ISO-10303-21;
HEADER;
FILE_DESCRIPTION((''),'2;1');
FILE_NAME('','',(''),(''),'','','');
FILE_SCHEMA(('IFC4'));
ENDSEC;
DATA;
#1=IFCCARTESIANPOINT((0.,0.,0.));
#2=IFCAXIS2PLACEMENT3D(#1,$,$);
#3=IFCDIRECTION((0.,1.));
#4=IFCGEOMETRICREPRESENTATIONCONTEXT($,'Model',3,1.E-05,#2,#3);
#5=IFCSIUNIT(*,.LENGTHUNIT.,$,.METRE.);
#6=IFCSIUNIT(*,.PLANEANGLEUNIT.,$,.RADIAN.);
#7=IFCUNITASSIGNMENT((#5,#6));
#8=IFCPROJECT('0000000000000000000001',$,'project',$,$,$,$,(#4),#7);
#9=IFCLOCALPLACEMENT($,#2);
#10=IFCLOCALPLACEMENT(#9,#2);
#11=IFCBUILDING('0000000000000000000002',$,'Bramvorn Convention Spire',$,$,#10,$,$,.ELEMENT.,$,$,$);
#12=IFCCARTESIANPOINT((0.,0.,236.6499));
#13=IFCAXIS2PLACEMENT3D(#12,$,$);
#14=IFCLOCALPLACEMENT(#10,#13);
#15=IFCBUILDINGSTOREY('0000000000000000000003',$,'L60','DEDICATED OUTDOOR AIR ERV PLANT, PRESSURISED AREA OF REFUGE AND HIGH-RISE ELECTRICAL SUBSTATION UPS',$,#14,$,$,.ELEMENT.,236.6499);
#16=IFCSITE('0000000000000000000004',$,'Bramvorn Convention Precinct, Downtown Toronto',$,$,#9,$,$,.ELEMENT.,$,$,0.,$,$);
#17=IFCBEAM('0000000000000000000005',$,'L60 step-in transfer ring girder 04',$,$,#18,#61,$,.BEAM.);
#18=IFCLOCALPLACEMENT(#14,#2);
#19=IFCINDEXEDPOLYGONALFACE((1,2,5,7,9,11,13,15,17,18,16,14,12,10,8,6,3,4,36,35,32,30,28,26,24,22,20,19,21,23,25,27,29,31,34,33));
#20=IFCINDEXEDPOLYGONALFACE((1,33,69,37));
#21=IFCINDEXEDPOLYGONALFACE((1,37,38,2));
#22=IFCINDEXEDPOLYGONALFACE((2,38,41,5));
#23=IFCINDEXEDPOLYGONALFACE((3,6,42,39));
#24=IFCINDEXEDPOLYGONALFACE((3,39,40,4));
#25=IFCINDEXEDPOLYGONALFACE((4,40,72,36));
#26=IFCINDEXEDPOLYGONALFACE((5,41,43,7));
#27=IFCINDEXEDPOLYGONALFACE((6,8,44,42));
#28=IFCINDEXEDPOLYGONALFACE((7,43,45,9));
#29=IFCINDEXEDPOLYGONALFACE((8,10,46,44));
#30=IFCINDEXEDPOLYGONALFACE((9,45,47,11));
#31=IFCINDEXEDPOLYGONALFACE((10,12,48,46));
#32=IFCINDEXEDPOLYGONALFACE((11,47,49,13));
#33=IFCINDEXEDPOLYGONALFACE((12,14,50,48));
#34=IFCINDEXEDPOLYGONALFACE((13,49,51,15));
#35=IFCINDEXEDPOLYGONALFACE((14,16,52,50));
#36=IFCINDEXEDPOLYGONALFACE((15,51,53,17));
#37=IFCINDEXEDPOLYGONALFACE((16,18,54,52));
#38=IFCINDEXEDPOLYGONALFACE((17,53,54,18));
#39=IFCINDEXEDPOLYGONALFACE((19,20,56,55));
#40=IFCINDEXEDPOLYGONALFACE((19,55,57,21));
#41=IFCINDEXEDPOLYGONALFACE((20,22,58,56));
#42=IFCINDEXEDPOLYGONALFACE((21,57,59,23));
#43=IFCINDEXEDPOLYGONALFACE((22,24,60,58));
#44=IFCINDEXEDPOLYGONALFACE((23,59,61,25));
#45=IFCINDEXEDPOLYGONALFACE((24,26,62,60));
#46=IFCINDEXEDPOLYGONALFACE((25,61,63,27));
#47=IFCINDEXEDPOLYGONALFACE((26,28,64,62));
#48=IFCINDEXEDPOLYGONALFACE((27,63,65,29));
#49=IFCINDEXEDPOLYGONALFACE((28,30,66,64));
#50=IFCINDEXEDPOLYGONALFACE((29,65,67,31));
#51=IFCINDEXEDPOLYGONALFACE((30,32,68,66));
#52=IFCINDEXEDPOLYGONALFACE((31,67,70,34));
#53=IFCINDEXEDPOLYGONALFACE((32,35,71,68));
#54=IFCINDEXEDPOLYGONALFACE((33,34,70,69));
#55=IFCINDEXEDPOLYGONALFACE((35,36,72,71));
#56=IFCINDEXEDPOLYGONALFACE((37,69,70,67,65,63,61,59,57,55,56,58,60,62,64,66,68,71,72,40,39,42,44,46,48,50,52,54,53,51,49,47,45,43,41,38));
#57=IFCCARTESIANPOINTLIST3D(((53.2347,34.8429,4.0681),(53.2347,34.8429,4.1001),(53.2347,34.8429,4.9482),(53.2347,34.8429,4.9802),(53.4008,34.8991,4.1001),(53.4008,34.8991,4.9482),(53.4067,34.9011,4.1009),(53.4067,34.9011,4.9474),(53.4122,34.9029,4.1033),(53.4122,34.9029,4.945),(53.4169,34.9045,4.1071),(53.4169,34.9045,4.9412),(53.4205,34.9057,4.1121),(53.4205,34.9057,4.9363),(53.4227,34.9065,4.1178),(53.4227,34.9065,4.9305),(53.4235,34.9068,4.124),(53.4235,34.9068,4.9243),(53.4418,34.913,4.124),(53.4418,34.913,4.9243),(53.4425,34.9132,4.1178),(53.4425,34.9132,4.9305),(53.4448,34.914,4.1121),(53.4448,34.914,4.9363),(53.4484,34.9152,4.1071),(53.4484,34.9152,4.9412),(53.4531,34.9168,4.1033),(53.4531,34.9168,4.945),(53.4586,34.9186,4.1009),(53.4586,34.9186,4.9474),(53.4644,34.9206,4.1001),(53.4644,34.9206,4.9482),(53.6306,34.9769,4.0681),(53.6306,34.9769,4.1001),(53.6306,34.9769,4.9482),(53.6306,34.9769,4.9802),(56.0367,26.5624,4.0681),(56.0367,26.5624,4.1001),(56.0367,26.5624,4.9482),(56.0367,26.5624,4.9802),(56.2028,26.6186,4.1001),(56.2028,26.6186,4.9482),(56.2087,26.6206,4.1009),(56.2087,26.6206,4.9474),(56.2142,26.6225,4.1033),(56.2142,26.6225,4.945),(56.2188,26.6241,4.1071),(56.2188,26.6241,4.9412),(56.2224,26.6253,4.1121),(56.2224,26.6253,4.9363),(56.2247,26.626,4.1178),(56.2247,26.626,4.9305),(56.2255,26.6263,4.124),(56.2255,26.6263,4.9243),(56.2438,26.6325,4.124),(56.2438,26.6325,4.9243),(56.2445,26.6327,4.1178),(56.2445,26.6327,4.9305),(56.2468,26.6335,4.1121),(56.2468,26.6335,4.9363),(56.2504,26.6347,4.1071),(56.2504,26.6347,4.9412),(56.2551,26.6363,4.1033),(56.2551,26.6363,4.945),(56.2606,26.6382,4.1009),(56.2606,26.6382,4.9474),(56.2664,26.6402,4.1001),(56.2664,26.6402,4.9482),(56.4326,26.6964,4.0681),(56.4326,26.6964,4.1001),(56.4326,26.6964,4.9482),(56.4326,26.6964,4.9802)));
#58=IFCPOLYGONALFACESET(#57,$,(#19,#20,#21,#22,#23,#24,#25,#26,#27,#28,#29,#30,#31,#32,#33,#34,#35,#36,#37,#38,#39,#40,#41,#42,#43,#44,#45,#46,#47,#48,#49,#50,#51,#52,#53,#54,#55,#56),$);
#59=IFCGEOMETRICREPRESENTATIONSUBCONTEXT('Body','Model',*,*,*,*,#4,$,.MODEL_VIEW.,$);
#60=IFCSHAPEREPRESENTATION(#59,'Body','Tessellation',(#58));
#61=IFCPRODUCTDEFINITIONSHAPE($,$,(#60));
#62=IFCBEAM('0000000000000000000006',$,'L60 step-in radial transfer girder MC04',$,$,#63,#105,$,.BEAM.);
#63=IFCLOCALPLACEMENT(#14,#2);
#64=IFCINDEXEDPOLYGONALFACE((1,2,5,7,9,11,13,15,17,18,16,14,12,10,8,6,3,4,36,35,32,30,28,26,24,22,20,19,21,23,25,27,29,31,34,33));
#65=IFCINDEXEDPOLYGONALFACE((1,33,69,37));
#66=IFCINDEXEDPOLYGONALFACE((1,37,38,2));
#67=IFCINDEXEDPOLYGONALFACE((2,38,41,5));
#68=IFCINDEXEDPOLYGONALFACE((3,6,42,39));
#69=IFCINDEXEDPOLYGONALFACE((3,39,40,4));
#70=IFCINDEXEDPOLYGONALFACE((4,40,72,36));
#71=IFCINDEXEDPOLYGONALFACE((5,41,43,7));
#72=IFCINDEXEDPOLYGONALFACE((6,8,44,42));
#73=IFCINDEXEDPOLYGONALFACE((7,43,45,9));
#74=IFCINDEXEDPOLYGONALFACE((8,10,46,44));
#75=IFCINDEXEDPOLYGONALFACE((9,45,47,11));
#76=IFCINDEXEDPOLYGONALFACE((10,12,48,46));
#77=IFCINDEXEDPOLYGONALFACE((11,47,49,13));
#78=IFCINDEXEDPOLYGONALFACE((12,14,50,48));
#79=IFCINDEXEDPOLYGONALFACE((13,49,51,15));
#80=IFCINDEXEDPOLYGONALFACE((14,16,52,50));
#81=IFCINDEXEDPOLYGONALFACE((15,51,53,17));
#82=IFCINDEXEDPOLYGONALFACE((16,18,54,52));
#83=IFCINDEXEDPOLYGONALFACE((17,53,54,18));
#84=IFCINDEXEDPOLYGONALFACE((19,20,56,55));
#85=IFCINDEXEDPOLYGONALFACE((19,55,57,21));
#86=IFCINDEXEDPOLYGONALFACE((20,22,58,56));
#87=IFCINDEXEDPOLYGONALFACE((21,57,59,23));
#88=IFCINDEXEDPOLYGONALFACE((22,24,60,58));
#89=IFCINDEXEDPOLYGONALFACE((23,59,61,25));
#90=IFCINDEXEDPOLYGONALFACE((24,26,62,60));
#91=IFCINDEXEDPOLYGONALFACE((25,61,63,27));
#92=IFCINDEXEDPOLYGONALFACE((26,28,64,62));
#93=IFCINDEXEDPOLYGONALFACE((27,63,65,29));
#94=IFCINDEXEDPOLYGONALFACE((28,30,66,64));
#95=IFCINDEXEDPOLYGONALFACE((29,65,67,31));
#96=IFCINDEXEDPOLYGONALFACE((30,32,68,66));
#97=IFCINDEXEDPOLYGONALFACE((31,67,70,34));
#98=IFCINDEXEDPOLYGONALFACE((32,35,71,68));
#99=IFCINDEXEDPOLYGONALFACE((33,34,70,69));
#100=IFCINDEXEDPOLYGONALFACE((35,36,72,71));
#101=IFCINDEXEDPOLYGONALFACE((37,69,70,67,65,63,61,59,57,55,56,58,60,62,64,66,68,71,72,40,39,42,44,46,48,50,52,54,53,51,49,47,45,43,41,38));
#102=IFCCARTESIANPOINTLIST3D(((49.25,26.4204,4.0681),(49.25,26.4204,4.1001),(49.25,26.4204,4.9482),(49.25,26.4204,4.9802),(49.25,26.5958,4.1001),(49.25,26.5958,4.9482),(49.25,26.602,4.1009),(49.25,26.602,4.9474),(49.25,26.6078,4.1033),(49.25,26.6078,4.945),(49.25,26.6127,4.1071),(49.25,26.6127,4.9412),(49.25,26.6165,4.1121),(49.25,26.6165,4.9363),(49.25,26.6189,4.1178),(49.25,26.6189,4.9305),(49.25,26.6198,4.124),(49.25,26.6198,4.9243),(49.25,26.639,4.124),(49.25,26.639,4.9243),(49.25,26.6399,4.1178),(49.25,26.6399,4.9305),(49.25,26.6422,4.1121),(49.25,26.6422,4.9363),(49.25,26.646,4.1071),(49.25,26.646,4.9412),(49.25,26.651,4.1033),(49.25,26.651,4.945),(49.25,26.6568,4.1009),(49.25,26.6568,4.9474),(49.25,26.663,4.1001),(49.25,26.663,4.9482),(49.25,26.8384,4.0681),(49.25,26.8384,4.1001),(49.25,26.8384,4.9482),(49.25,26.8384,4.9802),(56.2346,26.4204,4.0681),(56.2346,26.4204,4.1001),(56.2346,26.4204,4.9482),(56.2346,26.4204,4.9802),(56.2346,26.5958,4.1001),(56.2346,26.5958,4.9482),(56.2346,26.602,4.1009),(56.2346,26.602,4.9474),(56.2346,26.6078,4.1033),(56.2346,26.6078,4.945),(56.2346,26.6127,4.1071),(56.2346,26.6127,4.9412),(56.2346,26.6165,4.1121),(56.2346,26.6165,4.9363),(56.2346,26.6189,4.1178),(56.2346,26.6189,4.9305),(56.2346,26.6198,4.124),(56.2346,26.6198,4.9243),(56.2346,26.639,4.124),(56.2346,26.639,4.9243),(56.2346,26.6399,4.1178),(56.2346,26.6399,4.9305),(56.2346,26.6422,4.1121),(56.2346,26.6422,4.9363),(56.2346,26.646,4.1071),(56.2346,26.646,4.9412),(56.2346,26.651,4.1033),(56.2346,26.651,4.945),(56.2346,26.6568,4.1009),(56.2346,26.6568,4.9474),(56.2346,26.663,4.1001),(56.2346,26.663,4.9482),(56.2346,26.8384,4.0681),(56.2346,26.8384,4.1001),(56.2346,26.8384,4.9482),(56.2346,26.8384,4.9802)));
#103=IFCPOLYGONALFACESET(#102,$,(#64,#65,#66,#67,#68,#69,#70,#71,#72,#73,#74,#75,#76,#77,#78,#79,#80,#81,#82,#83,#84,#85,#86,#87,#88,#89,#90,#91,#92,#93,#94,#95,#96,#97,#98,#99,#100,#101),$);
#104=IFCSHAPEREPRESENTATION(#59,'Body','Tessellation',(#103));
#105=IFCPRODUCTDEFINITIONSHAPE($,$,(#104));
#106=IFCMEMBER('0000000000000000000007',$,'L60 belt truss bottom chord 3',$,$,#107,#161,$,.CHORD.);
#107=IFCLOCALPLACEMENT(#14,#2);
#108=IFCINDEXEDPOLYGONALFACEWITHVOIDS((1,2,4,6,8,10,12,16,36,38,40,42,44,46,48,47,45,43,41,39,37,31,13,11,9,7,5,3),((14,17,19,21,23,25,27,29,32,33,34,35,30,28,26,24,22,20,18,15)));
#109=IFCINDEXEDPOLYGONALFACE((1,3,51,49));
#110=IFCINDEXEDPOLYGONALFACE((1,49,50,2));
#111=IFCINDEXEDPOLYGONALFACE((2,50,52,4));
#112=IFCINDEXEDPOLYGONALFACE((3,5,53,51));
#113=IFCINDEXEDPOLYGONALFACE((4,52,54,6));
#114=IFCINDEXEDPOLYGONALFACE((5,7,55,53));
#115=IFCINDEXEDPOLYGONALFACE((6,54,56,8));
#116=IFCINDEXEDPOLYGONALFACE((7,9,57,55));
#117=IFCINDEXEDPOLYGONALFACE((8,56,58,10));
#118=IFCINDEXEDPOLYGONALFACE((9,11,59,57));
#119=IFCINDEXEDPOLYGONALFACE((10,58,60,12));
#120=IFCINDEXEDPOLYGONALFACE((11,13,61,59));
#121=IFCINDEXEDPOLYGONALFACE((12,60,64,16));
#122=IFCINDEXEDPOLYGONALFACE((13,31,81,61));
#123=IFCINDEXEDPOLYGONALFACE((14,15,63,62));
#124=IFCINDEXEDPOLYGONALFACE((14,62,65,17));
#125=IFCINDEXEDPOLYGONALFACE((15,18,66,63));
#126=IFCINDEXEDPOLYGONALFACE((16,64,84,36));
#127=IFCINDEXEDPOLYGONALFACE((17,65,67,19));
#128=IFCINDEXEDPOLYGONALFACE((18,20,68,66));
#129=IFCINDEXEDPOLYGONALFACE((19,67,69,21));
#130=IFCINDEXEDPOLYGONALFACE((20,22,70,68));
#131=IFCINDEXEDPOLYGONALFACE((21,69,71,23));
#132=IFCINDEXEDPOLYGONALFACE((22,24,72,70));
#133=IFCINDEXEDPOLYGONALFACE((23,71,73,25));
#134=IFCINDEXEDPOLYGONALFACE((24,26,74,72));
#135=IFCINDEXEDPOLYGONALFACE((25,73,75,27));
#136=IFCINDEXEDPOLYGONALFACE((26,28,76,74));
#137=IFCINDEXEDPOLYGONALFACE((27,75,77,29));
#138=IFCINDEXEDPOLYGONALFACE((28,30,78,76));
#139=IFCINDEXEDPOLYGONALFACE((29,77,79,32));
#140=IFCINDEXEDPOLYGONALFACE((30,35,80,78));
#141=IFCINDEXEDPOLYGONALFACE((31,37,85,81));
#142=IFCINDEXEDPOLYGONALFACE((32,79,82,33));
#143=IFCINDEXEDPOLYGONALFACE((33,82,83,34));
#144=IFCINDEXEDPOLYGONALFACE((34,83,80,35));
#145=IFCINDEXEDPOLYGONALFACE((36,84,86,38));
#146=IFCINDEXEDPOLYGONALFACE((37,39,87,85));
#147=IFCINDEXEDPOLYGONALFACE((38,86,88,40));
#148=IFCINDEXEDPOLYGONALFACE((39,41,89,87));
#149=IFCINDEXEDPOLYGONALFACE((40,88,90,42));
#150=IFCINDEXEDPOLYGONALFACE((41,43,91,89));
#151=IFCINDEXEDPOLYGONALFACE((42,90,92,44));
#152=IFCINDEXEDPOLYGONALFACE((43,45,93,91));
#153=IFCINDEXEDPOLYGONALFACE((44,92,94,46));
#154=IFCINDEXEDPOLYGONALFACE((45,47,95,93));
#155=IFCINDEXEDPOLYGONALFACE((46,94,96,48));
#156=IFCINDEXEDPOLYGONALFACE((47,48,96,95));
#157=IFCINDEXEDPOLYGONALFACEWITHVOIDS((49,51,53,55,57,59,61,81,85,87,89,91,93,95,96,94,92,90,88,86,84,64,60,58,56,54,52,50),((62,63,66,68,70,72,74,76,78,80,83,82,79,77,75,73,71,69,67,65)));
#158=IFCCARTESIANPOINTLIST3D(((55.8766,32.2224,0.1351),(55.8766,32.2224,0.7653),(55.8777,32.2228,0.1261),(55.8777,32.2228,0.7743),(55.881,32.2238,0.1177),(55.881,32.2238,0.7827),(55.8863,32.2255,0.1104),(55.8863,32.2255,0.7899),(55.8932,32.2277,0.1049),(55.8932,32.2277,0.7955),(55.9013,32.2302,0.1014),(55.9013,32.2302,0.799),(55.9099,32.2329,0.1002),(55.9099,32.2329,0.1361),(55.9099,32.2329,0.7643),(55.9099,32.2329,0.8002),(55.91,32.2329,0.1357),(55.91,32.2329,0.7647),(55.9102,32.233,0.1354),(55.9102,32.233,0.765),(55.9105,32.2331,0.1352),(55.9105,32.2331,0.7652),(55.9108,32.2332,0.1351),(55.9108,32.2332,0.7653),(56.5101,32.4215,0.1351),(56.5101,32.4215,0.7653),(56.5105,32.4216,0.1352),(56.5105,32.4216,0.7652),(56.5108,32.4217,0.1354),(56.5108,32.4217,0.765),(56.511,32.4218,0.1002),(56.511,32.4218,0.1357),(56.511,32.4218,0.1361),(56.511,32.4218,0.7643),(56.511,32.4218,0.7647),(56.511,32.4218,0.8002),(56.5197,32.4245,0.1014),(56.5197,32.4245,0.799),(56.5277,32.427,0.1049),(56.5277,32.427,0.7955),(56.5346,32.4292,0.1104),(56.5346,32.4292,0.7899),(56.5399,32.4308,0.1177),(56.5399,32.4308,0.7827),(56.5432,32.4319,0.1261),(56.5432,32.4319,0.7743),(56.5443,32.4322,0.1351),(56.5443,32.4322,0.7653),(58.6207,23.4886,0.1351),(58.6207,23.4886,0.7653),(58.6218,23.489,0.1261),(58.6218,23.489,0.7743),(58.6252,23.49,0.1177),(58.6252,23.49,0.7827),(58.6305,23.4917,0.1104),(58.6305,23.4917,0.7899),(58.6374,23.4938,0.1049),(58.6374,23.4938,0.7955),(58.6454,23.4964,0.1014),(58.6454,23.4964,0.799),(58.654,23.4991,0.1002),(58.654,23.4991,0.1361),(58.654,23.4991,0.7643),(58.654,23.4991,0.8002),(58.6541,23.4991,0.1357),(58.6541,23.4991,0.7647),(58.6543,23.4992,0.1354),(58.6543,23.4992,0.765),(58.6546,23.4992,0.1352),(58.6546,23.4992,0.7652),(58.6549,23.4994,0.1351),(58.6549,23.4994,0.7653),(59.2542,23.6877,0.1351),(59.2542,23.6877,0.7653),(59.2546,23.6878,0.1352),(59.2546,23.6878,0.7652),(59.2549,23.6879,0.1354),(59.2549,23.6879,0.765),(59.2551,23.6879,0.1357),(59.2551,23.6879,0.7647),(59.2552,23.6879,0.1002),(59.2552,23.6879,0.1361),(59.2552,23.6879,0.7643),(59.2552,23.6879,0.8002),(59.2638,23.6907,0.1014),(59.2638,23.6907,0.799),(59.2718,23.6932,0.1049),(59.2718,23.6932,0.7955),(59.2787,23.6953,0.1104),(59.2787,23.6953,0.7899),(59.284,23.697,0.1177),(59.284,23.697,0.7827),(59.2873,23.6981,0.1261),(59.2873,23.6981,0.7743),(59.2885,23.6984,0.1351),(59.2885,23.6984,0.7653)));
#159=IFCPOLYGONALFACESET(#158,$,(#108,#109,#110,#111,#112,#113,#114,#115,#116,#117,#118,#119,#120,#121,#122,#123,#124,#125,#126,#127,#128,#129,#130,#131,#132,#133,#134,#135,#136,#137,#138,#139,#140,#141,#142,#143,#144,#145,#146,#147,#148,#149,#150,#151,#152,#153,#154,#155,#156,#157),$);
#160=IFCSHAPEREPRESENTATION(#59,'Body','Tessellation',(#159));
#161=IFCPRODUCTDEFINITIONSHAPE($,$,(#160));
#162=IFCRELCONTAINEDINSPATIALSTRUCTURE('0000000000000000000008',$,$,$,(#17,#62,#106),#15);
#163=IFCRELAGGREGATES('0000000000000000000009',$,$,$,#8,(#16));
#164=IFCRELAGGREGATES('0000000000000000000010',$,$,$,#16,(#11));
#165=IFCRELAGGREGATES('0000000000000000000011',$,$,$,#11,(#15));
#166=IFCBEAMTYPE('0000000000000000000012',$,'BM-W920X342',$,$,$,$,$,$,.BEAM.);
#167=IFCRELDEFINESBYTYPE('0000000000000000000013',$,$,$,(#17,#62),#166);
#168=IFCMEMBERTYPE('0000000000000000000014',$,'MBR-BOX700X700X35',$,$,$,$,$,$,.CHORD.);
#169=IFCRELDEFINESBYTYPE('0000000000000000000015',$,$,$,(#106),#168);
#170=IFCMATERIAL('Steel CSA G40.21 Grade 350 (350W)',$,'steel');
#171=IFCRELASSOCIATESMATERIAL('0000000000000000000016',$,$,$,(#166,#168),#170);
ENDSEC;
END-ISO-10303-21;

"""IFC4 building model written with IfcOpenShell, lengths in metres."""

from ifc_helpers import new_model, si_unit, direction, frame, origin, origin_2d, place, context, subcontext, project, spatial, hollow_rectangle, i_section, extrude, material, material_profile, profile_set, type_object, element, save


model = new_model("IFC4")

# Units and contexts
model_context = context("Model", 3, precision=1e-05, world=origin(), true_north=direction((0.0, 1.0)))
body_context = subcontext(model_context, "Body", "Model", "MODEL_VIEW")
ifc_project = project(units=[si_unit("LENGTHUNIT", "METRE"), si_unit("PLANEANGLEUNIT", "RADIAN")], contexts=[model_context])

# Site, building, storey
site_placement = place(None, origin())
site = spatial("IfcSite", under=ifc_project, at=site_placement, Name="Bramvorn Convention Precinct, Downtown Toronto", CompositionType="ELEMENT", RefElevation=0.0)
building_placement = place(site_placement, origin())
building = spatial("IfcBuilding", under=site, at=building_placement, Name="Bramvorn Convention Spire", CompositionType="ELEMENT")
storey_placement = place(building_placement, frame((0.0, 0.0, 236.6499)))
storey = spatial("IfcBuildingStorey", under=building, at=storey_placement, Name="L60", Description="DEDICATED OUTDOOR AIR ERV PLANT, PRESSURISED AREA OF REFUGE AND HIGH-RISE ELECTRICAL SUBSTATION UPS", CompositionType="ELEMENT", Elevation=236.6499)

# Shared definitions
ifc_material_1 = material(Name="Steel CSA G40.21 Grade 350 (350W)", Category="steel")

# Beams
ifc_material_profile_1 = material_profile(ifc_material_1, i_section(OverallWidth=0.418, OverallDepth=0.9121, WebThickness=0.0193, FlangeThickness=0.032, FilletRadius=0.0239, at=origin_2d()))
ifc_profile_set_1 = profile_set([ifc_material_profile_1], Name="Steel CSA G40.21 Grade 350 (350W) - W920X342")
beam_type = type_object("IfcBeamType", Name="BM-W920X342", PredefinedType="BEAM", material=ifc_profile_set_1)
beam_1_placement = place(storey_placement, frame((56.2346, 26.6294, 4.5242), z_axis=(-0.320531, 0.947238, 0.0), x_axis=(-0.947238, -0.320531, 0.0)))
element("IfcBeam", 1, at=beam_1_placement, inside=storey, type_object=beam_type, Name="L60 step-in transfer ring girder 04", PredefinedType="BEAM", context=body_context, shape_type="SweptSolid", body=[
    extrude(i_section(OverallWidth=0.418, OverallDepth=0.9121, WebThickness=0.0193, FlangeThickness=0.032, FilletRadius=0.0239, at=origin_2d()), origin(), (0.0, 0.0, 1.0), 8.7417),
])
beam_2_placement = place(storey_placement, frame((49.25, 26.6294, 4.5242), z_axis=(1.0, 0.0, 0.0), x_axis=(0.0, 1.0, 0.0)))
element("IfcBeam", 2, at=beam_2_placement, inside=storey, type_object=beam_type, Name="L60 step-in radial transfer girder MC04", PredefinedType="BEAM", context=body_context, shape_type="SweptSolid", body=[
    extrude(i_section(OverallWidth=0.418, OverallDepth=0.9121, WebThickness=0.0193, FlangeThickness=0.032, FilletRadius=0.0239, at=origin_2d()), origin(), (0.0, 0.0, 1.0), 6.9846),
])

# Member
ifc_material_profile_2 = material_profile(ifc_material_1, hollow_rectangle(XDim=0.7, YDim=0.7, WallThickness=0.0349, InnerFilletRadius=0.001, OuterFilletRadius=0.0349, at=origin_2d()))
ifc_profile_set_2 = profile_set([ifc_material_profile_2], Name="Steel CSA G40.21 Grade 350 (350W) - BOX700X700X35")
member_type_1 = type_object("IfcMemberType", Name="MBR-BOX700X700X35", PredefinedType="CHORD", material=ifc_profile_set_2)
member_1_placement = place(storey_placement, frame((58.9546, 23.5935, 0.4502), z_axis=(-0.299748, 0.954019, 0.0), x_axis=(-0.954019, -0.299748, 0.0)))
element("IfcMember", 3, at=member_1_placement, inside=storey, type_object=member_type_1, Name="L60 belt truss bottom chord 3", PredefinedType="CHORD", context=body_context, shape_type="SweptSolid", body=[
    extrude(hollow_rectangle(XDim=0.7, YDim=0.7, WallThickness=0.0349, InnerFilletRadius=0.001, OuterFilletRadius=0.0349, at=origin_2d()), origin(), (0.0, 0.0, 1.0), 9.1548),
])

save(model, "model.ifc")
